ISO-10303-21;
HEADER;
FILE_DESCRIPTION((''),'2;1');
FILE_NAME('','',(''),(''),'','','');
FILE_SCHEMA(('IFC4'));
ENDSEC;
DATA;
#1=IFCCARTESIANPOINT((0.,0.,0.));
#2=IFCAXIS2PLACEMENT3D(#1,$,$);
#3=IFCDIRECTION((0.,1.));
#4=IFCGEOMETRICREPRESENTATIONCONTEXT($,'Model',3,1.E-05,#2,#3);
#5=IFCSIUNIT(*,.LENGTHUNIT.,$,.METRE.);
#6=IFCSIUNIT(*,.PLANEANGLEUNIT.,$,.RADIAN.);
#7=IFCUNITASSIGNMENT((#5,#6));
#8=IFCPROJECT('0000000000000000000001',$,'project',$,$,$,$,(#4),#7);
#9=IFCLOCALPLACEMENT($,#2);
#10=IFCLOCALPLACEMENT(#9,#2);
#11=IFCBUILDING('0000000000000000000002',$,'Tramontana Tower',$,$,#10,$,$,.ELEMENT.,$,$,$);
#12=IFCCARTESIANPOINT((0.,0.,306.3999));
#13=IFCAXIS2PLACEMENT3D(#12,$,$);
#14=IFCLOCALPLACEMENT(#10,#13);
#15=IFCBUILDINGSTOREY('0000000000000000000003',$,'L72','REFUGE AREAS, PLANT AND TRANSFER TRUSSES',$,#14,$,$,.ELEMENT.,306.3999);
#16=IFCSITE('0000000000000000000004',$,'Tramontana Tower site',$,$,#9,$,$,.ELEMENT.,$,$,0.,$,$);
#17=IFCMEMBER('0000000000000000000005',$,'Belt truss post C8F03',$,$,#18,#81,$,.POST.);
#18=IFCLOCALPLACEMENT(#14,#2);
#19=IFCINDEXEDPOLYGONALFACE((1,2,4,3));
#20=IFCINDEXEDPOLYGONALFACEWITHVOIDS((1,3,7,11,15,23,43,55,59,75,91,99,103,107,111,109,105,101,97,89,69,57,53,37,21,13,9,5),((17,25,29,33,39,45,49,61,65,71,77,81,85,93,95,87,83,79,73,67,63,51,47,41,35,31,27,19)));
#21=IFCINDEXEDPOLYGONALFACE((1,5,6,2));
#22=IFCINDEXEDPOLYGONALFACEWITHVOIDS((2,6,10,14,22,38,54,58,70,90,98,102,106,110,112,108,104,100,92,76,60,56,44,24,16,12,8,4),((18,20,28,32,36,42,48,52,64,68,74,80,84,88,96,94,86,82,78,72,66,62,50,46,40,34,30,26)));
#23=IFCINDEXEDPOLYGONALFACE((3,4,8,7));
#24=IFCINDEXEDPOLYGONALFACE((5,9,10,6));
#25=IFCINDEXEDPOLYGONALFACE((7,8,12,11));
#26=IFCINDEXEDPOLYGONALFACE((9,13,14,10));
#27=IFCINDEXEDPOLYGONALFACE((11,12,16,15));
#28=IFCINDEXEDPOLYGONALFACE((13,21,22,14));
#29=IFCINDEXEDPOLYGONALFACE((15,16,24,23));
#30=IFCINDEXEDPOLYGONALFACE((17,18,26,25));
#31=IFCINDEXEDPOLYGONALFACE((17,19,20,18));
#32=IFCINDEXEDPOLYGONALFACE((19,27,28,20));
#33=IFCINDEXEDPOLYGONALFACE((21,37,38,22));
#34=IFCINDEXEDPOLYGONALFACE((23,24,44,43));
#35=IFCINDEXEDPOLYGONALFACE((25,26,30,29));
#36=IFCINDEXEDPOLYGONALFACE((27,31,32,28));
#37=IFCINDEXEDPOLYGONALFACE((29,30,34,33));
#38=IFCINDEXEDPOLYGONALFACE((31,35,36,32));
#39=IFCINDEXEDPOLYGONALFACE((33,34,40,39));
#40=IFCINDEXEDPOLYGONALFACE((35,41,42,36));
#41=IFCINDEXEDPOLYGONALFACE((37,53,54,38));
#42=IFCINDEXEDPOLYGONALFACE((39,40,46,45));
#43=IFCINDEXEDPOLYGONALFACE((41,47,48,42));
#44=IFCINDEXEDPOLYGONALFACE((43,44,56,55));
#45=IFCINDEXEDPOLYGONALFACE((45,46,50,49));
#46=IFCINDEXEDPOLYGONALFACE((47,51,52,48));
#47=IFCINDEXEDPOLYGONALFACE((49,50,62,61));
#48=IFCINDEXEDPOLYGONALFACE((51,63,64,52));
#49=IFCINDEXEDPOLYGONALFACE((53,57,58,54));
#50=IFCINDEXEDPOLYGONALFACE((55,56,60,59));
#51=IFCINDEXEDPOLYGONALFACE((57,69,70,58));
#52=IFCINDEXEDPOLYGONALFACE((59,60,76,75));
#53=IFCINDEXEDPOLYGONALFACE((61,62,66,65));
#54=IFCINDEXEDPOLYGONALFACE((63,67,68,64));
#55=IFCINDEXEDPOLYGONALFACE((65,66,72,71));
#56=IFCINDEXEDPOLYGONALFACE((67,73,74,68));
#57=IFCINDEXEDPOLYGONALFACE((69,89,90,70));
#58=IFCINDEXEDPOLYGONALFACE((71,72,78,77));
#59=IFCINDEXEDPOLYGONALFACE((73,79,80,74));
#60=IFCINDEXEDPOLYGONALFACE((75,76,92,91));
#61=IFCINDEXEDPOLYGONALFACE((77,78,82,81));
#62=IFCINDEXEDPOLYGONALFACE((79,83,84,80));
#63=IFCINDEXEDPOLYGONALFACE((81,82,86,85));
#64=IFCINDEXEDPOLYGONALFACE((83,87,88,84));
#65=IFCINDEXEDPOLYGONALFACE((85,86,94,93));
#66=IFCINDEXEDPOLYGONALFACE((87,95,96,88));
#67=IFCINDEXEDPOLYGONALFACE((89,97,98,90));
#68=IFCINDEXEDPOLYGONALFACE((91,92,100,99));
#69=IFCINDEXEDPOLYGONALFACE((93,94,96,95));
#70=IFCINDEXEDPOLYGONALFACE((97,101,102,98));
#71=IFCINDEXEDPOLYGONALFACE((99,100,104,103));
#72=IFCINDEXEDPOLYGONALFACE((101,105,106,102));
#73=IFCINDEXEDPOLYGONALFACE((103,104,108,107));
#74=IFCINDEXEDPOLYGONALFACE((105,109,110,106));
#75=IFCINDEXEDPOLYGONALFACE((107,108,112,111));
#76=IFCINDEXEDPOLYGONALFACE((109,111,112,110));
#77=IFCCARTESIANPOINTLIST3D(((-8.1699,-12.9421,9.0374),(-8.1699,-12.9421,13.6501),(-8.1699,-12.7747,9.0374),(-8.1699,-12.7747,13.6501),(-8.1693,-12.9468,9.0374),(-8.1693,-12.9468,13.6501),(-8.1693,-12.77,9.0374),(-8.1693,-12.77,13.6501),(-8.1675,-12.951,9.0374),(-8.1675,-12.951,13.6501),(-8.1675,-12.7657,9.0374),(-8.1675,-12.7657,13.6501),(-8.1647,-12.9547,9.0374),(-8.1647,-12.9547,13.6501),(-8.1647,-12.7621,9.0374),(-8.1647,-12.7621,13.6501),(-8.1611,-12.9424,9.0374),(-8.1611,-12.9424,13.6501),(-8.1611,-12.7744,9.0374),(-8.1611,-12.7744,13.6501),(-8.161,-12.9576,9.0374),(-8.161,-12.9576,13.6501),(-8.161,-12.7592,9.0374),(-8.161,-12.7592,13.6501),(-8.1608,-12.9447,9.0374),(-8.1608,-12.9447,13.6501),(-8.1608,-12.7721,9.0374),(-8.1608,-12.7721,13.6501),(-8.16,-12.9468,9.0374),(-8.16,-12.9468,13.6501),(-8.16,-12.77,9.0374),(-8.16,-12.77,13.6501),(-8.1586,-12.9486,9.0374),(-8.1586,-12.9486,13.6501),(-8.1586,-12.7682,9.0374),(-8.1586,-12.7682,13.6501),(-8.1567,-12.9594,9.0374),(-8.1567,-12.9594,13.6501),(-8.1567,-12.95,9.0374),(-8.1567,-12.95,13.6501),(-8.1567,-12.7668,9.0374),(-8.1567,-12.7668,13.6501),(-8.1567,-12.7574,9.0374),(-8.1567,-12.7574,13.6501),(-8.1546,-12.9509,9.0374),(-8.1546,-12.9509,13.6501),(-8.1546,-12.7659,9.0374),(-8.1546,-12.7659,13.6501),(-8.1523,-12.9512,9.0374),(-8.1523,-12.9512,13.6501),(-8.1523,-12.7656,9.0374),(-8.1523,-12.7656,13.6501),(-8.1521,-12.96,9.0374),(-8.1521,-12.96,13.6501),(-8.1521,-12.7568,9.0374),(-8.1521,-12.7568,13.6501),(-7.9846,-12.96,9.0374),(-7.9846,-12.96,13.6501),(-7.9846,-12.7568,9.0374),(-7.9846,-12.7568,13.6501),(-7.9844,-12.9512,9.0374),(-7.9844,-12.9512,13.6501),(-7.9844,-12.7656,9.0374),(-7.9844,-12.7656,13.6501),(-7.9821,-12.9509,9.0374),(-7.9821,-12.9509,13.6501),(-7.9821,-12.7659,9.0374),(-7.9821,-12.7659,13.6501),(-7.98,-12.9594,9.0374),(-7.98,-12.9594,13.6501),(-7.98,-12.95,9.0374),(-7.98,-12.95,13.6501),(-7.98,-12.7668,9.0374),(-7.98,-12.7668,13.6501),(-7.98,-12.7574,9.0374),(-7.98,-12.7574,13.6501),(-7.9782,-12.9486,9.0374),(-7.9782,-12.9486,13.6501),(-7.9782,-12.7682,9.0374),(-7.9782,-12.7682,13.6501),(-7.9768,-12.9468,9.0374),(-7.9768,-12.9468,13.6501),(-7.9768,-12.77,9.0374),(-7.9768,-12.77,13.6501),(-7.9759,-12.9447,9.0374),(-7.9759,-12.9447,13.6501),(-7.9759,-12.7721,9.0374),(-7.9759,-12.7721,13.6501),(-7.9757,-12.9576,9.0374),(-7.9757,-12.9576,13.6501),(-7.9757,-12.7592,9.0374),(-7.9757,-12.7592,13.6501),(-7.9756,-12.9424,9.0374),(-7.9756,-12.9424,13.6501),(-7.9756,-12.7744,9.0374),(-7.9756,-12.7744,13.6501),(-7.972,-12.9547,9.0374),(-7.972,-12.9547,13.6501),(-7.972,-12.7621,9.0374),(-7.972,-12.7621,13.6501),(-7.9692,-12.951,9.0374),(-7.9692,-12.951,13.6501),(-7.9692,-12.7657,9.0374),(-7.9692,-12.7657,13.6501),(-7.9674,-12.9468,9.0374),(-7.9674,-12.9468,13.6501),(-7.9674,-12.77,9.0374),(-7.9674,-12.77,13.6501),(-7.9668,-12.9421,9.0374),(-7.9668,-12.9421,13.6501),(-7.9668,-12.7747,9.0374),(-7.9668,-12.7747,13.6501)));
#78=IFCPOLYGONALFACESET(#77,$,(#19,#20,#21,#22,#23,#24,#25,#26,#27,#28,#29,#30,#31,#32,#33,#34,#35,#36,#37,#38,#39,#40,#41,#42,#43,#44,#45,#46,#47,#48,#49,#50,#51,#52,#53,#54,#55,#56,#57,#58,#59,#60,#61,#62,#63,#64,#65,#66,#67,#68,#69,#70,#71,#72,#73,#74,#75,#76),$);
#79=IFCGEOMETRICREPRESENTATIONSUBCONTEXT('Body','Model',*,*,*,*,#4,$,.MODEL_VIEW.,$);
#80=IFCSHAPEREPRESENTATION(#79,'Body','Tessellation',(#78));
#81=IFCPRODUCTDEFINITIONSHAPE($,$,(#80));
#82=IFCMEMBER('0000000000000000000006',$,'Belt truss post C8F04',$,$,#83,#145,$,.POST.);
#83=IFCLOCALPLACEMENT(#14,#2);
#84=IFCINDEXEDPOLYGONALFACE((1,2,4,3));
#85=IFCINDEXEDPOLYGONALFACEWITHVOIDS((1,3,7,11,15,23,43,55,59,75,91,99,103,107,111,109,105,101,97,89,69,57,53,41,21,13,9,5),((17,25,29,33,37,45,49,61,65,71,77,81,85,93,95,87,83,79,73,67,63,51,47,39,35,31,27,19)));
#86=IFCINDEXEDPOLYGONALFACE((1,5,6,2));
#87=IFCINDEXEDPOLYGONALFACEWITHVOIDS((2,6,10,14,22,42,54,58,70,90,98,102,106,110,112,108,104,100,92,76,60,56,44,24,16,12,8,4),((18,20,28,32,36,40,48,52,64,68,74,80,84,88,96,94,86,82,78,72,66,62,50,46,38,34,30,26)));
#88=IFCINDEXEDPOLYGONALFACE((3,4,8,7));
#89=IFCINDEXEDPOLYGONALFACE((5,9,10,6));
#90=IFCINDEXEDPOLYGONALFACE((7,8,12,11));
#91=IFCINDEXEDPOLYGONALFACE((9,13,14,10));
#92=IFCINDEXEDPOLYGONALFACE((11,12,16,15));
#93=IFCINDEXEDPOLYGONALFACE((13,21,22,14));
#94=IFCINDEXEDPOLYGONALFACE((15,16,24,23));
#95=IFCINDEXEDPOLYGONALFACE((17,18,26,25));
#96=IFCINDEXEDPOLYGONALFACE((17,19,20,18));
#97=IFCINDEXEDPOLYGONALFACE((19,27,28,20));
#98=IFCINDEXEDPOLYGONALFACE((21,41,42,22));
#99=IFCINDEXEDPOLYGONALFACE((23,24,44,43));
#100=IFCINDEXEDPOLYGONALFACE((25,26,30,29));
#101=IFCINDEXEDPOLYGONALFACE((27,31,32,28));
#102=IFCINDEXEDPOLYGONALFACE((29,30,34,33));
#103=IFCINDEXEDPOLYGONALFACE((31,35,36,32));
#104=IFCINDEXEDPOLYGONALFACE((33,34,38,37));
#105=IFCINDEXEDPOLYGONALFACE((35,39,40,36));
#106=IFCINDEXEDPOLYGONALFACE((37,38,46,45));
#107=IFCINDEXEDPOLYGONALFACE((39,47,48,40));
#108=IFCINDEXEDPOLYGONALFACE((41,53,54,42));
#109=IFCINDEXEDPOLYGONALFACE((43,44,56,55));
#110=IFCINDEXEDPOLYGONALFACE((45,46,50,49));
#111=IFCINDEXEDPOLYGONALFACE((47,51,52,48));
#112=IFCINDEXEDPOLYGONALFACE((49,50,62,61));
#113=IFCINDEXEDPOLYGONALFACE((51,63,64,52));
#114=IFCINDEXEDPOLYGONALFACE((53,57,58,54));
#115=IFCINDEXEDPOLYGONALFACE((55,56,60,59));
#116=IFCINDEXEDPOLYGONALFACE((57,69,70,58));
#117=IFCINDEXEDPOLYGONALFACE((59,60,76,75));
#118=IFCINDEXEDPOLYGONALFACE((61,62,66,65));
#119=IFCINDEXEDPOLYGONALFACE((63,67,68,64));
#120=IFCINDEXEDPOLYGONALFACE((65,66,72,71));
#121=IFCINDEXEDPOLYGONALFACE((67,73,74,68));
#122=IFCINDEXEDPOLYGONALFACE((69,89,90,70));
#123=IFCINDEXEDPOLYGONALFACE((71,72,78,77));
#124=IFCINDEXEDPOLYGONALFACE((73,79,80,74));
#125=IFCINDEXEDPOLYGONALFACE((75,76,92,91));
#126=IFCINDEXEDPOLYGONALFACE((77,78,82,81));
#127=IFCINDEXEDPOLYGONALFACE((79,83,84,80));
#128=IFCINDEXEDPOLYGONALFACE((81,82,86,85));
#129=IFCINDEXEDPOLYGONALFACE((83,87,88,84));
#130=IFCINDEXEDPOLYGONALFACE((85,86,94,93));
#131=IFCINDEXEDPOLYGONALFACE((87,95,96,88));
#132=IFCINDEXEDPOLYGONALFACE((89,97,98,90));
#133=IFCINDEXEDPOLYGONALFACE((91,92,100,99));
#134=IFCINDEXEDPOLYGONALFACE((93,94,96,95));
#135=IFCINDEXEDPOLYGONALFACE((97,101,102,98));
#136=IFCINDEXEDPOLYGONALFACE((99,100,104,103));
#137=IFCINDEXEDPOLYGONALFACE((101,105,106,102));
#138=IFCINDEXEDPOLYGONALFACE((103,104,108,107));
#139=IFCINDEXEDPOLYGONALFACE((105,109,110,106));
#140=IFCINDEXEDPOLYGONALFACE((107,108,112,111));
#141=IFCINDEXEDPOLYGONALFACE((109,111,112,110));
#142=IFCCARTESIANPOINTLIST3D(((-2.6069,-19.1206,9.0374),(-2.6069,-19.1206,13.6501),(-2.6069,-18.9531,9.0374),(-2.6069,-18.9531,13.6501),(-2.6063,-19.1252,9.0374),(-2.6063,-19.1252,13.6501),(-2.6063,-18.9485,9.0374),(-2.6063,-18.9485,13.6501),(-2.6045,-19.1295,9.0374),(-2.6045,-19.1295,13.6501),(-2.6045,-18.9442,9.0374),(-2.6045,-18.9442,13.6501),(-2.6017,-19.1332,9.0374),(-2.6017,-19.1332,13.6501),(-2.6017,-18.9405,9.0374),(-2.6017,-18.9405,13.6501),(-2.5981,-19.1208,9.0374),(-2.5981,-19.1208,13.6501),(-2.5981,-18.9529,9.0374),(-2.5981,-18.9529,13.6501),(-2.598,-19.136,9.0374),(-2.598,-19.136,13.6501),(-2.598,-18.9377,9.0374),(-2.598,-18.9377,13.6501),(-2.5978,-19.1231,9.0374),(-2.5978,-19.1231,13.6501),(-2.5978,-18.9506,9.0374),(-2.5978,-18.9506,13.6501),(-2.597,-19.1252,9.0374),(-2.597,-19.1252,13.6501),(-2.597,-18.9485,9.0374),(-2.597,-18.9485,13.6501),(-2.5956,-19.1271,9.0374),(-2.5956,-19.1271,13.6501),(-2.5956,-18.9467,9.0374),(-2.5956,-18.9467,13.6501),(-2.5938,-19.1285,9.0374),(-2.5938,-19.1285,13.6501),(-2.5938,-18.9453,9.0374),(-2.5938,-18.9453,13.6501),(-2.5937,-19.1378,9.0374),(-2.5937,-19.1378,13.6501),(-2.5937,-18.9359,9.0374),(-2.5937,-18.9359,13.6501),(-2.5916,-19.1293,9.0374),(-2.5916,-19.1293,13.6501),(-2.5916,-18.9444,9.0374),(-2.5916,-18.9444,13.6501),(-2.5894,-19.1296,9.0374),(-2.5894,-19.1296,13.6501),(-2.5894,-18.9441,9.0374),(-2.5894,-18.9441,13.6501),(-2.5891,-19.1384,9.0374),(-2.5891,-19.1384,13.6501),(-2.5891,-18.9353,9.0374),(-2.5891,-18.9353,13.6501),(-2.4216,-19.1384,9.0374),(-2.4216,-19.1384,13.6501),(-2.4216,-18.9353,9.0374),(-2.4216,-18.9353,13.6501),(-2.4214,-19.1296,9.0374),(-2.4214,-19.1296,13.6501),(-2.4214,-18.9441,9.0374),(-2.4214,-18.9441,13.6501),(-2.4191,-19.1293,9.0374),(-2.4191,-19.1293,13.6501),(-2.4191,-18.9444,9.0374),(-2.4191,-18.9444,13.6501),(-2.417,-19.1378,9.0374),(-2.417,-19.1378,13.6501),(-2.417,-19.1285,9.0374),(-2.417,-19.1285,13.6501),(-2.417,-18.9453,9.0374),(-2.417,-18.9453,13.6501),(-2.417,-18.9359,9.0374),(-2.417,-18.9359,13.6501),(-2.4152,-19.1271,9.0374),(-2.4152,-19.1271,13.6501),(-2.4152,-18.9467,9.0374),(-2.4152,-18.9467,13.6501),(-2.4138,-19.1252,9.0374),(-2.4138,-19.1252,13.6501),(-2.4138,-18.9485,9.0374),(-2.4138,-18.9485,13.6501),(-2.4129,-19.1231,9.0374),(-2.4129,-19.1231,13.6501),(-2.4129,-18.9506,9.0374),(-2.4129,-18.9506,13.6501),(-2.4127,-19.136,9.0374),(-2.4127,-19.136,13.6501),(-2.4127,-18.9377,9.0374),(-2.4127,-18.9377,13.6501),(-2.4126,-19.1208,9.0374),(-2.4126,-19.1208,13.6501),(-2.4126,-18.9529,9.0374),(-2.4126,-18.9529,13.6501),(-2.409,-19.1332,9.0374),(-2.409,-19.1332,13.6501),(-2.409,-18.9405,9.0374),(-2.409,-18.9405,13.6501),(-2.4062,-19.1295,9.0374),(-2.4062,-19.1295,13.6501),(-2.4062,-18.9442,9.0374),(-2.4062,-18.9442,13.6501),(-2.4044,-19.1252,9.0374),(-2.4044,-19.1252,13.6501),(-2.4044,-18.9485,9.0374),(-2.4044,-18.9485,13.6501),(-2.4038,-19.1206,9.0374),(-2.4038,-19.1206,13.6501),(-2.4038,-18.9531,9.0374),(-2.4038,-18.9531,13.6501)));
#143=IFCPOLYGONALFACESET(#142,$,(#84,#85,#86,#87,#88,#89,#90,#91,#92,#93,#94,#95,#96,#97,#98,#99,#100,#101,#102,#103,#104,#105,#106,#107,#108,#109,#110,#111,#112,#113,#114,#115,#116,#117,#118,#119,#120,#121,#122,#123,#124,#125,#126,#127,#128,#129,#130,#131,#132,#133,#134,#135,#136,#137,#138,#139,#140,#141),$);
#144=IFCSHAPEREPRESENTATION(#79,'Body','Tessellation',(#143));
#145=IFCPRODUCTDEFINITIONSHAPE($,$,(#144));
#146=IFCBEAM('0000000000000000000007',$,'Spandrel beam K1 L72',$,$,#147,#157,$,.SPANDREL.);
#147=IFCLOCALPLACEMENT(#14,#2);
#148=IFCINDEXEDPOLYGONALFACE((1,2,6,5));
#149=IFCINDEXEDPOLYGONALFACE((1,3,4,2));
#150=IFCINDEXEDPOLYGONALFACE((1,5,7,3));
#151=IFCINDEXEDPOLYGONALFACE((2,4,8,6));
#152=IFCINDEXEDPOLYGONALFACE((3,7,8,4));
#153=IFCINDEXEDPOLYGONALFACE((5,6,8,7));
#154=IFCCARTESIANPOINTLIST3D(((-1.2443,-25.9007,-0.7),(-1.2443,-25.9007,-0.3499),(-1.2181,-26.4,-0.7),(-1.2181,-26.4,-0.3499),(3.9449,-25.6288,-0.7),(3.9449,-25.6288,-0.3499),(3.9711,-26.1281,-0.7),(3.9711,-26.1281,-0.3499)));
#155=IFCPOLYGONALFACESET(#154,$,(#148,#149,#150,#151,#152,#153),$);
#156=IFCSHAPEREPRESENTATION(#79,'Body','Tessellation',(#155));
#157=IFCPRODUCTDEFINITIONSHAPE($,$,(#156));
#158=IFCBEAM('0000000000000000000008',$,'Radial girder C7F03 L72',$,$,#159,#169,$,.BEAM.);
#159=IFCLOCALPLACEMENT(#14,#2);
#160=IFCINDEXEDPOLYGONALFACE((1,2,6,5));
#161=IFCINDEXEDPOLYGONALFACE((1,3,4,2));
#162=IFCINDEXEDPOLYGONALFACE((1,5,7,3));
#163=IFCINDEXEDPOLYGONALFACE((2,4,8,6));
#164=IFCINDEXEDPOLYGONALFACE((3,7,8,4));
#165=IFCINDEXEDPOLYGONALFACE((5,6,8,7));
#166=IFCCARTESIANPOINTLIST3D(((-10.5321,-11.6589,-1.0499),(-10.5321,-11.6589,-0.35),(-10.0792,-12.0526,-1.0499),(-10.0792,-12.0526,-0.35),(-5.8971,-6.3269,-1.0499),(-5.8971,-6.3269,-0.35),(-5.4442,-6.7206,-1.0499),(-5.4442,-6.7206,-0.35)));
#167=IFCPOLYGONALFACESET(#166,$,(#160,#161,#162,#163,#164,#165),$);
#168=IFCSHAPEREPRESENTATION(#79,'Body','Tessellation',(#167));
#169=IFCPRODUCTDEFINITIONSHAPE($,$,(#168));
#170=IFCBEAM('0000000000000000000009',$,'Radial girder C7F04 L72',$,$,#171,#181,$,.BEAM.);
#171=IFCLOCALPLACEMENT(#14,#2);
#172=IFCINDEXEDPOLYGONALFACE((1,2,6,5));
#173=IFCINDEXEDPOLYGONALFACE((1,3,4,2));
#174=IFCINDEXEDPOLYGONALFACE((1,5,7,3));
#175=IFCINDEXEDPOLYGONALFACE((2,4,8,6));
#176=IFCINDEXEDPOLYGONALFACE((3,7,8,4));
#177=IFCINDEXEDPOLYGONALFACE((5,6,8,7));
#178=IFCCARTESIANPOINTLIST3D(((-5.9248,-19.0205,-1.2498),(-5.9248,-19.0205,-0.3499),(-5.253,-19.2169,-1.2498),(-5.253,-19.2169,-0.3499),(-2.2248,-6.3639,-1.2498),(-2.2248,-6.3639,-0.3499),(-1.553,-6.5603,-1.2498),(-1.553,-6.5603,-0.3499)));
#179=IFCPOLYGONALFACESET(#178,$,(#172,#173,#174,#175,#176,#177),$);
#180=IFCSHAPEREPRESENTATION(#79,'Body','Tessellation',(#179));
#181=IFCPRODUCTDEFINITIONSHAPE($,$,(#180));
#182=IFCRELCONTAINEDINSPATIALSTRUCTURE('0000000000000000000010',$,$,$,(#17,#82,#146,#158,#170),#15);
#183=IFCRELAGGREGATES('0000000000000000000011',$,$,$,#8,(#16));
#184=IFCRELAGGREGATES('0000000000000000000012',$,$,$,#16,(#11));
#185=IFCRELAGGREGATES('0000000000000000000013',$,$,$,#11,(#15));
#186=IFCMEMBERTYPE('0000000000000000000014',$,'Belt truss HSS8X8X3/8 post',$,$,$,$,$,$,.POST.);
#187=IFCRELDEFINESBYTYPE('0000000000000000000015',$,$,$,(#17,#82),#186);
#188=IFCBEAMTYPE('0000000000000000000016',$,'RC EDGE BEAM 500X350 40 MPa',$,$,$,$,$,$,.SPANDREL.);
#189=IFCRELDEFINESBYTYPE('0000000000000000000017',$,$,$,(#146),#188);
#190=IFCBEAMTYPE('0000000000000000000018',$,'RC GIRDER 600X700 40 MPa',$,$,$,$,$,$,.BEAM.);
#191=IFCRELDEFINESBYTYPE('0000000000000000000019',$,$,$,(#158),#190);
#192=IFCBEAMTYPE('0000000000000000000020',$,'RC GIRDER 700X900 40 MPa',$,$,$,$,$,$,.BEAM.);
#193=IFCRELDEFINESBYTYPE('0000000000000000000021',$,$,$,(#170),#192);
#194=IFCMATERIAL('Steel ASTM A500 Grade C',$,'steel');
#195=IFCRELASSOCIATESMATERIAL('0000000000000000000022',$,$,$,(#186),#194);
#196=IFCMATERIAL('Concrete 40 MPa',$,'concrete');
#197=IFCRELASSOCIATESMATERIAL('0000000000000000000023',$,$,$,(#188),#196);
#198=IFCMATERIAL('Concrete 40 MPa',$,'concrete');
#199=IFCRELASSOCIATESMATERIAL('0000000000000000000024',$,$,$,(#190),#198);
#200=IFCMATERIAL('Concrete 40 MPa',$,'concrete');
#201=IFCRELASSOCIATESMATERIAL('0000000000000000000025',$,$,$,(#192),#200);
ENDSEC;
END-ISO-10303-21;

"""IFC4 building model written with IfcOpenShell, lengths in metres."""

from ifc_helpers import new_model, si_unit, direction, frame, origin, origin_2d, place, context, subcontext, project, spatial, rectangle, hollow_rectangle, extrude, material, material_profile, profile_set, type_object, element, save


model = new_model("IFC4")

# Units and contexts
model_context = context("Model", 3, precision=1e-05, world=origin(), true_north=direction((0.0, 1.0)))
body_context = subcontext(model_context, "Body", "Model", "MODEL_VIEW")
ifc_project = project(units=[si_unit("LENGTHUNIT", "METRE"), si_unit("PLANEANGLEUNIT", "RADIAN")], contexts=[model_context])

# Site, building, storey
site_placement = place(None, origin())
site = spatial("IfcSite", under=ifc_project, at=site_placement, Name="Tramontana Tower site", CompositionType="ELEMENT", RefElevation=0.0)
building_placement = place(site_placement, origin())
building = spatial("IfcBuilding", under=site, at=building_placement, Name="Tramontana Tower", CompositionType="ELEMENT")
storey_placement = place(building_placement, frame((0.0, 0.0, 306.3999)))
storey = spatial("IfcBuildingStorey", under=building, at=storey_placement, Name="L72", Description="REFUGE AREAS, PLANT AND TRANSFER TRUSSES", CompositionType="ELEMENT", Elevation=306.3999)

# Members
ifc_material_1 = material(Name="Steel ASTM A500 Grade C", Category="steel")
ifc_material_profile_1 = material_profile(ifc_material_1, hollow_rectangle(XDim=0.2031, YDim=0.2031, WallThickness=0.0088, InnerFilletRadius=0.0088, OuterFilletRadius=0.0178, at=origin_2d()), Name="HSS8X8X3/8")
ifc_profile_set_1 = profile_set([ifc_material_profile_1], Name="Steel ASTM A500 Grade C")
member_type_1 = type_object("IfcMemberType", Name="Belt truss HSS8X8X3/8 post", PredefinedType="POST", material=ifc_profile_set_1)
for number, where, z_axis, x_axis, name in (
    (1, (-8.0684, -12.8584, 9.0374), (0.0, 0.0, 1.0), (1.0, 0.0, 0.0), "Belt truss post C8F03"),
    (2, (-2.5054, -19.0369, 9.0374), (0.0, 0.0, 1.0), (1.0, 0.0, 0.0), "Belt truss post C8F04"),
):
    element("IfcMember", number, at=place(storey_placement, frame(where, z_axis=z_axis, x_axis=x_axis)), inside=storey, type_object=member_type_1, Name=name, PredefinedType="POST", context=body_context, shape_type="SweptSolid", body=[
        extrude(hollow_rectangle(XDim=0.2031, YDim=0.2031, WallThickness=0.0088, InnerFilletRadius=0.0088, OuterFilletRadius=0.0178, at=origin_2d()), origin(), (0.0, 0.0, 1.0), 4.6128),
    ])

# Beams
ifc_material_2 = material(Name="Concrete 40 MPa", Category="concrete")
ifc_material_profile_2 = material_profile(ifc_material_2, rectangle(XDim=0.5, YDim=0.3501, at=origin_2d()), Name="RC EDGE BEAM 500X350 40 MPa")
ifc_profile_set_2 = profile_set([ifc_material_profile_2], Name="Concrete 40 MPa")
beam_type_1 = type_object("IfcBeamType", Name="RC EDGE BEAM 500X350 40 MPa", PredefinedType="SPANDREL", material=ifc_profile_set_2)
beam_1_placement = place(storey_placement, frame((-1.2312, -26.1504, -0.5249), z_axis=(0.998629, 0.052339, 0.0), x_axis=(-0.052339, 0.998629, 0.0)))
element("IfcBeam", 3, at=beam_1_placement, inside=storey, type_object=beam_type_1, Name="Spandrel beam K1 L72", PredefinedType="SPANDREL", context=body_context, shape_type="SweptSolid", body=[
    extrude(rectangle(XDim=0.5, YDim=0.3501, at=origin_2d()), origin(), (0.0, 0.0, 1.0), 5.1963),
])
ifc_material_3 = material(Name="Concrete 40 MPa", Category="concrete")
ifc_material_profile_3 = material_profile(ifc_material_3, rectangle(XDim=0.6001, YDim=0.7, at=origin_2d()), Name="RC GIRDER 600X700 40 MPa")
ifc_profile_set_3 = profile_set([ifc_material_profile_3], Name="Concrete 40 MPa")
beam_type_2 = type_object("IfcBeamType", Name="RC GIRDER 600X700 40 MPa", PredefinedType="BEAM", material=ifc_profile_set_3)
beam_2_placement = place(storey_placement, frame((-10.3057, -11.8557, -0.7), z_axis=(0.656055, 0.754713, 0.0), x_axis=(-0.754713, 0.656055, 0.0)))
element("IfcBeam", 4, at=beam_2_placement, inside=storey, type_object=beam_type_2, Name="Radial girder C7F03 L72", PredefinedType="BEAM", context=body_context, shape_type="SweptSolid", body=[
    extrude(rectangle(XDim=0.6001, YDim=0.7, at=origin_2d()), origin(), (0.0, 0.0, 1.0), 7.0649),
])
ifc_material_4 = material(Name="Concrete 40 MPa", Category="concrete")
ifc_material_profile_4 = material_profile(ifc_material_4, rectangle(XDim=0.7, YDim=0.8999, at=origin_2d()), Name="RC GIRDER 700X900 40 MPa")
ifc_profile_set_4 = profile_set([ifc_material_profile_4], Name="Concrete 40 MPa")
beam_type_3 = type_object("IfcBeamType", Name="RC GIRDER 700X900 40 MPa", PredefinedType="BEAM", material=ifc_profile_set_4)
beam_3_placement = place(storey_placement, frame((-5.5889, -19.1187, -0.7998), z_axis=(0.280592, 0.959827, 0.0), x_axis=(-0.959827, 0.280592, 0.0)))
element("IfcBeam", 5, at=beam_3_placement, inside=storey, type_object=beam_type_3, Name="Radial girder C7F04 L72", PredefinedType="BEAM", context=body_context, shape_type="SweptSolid", body=[
    extrude(rectangle(XDim=0.7, YDim=0.8999, at=origin_2d()), origin(), (0.0, 0.0, 1.0), 13.1863),
])

save(model, "model.ifc")
